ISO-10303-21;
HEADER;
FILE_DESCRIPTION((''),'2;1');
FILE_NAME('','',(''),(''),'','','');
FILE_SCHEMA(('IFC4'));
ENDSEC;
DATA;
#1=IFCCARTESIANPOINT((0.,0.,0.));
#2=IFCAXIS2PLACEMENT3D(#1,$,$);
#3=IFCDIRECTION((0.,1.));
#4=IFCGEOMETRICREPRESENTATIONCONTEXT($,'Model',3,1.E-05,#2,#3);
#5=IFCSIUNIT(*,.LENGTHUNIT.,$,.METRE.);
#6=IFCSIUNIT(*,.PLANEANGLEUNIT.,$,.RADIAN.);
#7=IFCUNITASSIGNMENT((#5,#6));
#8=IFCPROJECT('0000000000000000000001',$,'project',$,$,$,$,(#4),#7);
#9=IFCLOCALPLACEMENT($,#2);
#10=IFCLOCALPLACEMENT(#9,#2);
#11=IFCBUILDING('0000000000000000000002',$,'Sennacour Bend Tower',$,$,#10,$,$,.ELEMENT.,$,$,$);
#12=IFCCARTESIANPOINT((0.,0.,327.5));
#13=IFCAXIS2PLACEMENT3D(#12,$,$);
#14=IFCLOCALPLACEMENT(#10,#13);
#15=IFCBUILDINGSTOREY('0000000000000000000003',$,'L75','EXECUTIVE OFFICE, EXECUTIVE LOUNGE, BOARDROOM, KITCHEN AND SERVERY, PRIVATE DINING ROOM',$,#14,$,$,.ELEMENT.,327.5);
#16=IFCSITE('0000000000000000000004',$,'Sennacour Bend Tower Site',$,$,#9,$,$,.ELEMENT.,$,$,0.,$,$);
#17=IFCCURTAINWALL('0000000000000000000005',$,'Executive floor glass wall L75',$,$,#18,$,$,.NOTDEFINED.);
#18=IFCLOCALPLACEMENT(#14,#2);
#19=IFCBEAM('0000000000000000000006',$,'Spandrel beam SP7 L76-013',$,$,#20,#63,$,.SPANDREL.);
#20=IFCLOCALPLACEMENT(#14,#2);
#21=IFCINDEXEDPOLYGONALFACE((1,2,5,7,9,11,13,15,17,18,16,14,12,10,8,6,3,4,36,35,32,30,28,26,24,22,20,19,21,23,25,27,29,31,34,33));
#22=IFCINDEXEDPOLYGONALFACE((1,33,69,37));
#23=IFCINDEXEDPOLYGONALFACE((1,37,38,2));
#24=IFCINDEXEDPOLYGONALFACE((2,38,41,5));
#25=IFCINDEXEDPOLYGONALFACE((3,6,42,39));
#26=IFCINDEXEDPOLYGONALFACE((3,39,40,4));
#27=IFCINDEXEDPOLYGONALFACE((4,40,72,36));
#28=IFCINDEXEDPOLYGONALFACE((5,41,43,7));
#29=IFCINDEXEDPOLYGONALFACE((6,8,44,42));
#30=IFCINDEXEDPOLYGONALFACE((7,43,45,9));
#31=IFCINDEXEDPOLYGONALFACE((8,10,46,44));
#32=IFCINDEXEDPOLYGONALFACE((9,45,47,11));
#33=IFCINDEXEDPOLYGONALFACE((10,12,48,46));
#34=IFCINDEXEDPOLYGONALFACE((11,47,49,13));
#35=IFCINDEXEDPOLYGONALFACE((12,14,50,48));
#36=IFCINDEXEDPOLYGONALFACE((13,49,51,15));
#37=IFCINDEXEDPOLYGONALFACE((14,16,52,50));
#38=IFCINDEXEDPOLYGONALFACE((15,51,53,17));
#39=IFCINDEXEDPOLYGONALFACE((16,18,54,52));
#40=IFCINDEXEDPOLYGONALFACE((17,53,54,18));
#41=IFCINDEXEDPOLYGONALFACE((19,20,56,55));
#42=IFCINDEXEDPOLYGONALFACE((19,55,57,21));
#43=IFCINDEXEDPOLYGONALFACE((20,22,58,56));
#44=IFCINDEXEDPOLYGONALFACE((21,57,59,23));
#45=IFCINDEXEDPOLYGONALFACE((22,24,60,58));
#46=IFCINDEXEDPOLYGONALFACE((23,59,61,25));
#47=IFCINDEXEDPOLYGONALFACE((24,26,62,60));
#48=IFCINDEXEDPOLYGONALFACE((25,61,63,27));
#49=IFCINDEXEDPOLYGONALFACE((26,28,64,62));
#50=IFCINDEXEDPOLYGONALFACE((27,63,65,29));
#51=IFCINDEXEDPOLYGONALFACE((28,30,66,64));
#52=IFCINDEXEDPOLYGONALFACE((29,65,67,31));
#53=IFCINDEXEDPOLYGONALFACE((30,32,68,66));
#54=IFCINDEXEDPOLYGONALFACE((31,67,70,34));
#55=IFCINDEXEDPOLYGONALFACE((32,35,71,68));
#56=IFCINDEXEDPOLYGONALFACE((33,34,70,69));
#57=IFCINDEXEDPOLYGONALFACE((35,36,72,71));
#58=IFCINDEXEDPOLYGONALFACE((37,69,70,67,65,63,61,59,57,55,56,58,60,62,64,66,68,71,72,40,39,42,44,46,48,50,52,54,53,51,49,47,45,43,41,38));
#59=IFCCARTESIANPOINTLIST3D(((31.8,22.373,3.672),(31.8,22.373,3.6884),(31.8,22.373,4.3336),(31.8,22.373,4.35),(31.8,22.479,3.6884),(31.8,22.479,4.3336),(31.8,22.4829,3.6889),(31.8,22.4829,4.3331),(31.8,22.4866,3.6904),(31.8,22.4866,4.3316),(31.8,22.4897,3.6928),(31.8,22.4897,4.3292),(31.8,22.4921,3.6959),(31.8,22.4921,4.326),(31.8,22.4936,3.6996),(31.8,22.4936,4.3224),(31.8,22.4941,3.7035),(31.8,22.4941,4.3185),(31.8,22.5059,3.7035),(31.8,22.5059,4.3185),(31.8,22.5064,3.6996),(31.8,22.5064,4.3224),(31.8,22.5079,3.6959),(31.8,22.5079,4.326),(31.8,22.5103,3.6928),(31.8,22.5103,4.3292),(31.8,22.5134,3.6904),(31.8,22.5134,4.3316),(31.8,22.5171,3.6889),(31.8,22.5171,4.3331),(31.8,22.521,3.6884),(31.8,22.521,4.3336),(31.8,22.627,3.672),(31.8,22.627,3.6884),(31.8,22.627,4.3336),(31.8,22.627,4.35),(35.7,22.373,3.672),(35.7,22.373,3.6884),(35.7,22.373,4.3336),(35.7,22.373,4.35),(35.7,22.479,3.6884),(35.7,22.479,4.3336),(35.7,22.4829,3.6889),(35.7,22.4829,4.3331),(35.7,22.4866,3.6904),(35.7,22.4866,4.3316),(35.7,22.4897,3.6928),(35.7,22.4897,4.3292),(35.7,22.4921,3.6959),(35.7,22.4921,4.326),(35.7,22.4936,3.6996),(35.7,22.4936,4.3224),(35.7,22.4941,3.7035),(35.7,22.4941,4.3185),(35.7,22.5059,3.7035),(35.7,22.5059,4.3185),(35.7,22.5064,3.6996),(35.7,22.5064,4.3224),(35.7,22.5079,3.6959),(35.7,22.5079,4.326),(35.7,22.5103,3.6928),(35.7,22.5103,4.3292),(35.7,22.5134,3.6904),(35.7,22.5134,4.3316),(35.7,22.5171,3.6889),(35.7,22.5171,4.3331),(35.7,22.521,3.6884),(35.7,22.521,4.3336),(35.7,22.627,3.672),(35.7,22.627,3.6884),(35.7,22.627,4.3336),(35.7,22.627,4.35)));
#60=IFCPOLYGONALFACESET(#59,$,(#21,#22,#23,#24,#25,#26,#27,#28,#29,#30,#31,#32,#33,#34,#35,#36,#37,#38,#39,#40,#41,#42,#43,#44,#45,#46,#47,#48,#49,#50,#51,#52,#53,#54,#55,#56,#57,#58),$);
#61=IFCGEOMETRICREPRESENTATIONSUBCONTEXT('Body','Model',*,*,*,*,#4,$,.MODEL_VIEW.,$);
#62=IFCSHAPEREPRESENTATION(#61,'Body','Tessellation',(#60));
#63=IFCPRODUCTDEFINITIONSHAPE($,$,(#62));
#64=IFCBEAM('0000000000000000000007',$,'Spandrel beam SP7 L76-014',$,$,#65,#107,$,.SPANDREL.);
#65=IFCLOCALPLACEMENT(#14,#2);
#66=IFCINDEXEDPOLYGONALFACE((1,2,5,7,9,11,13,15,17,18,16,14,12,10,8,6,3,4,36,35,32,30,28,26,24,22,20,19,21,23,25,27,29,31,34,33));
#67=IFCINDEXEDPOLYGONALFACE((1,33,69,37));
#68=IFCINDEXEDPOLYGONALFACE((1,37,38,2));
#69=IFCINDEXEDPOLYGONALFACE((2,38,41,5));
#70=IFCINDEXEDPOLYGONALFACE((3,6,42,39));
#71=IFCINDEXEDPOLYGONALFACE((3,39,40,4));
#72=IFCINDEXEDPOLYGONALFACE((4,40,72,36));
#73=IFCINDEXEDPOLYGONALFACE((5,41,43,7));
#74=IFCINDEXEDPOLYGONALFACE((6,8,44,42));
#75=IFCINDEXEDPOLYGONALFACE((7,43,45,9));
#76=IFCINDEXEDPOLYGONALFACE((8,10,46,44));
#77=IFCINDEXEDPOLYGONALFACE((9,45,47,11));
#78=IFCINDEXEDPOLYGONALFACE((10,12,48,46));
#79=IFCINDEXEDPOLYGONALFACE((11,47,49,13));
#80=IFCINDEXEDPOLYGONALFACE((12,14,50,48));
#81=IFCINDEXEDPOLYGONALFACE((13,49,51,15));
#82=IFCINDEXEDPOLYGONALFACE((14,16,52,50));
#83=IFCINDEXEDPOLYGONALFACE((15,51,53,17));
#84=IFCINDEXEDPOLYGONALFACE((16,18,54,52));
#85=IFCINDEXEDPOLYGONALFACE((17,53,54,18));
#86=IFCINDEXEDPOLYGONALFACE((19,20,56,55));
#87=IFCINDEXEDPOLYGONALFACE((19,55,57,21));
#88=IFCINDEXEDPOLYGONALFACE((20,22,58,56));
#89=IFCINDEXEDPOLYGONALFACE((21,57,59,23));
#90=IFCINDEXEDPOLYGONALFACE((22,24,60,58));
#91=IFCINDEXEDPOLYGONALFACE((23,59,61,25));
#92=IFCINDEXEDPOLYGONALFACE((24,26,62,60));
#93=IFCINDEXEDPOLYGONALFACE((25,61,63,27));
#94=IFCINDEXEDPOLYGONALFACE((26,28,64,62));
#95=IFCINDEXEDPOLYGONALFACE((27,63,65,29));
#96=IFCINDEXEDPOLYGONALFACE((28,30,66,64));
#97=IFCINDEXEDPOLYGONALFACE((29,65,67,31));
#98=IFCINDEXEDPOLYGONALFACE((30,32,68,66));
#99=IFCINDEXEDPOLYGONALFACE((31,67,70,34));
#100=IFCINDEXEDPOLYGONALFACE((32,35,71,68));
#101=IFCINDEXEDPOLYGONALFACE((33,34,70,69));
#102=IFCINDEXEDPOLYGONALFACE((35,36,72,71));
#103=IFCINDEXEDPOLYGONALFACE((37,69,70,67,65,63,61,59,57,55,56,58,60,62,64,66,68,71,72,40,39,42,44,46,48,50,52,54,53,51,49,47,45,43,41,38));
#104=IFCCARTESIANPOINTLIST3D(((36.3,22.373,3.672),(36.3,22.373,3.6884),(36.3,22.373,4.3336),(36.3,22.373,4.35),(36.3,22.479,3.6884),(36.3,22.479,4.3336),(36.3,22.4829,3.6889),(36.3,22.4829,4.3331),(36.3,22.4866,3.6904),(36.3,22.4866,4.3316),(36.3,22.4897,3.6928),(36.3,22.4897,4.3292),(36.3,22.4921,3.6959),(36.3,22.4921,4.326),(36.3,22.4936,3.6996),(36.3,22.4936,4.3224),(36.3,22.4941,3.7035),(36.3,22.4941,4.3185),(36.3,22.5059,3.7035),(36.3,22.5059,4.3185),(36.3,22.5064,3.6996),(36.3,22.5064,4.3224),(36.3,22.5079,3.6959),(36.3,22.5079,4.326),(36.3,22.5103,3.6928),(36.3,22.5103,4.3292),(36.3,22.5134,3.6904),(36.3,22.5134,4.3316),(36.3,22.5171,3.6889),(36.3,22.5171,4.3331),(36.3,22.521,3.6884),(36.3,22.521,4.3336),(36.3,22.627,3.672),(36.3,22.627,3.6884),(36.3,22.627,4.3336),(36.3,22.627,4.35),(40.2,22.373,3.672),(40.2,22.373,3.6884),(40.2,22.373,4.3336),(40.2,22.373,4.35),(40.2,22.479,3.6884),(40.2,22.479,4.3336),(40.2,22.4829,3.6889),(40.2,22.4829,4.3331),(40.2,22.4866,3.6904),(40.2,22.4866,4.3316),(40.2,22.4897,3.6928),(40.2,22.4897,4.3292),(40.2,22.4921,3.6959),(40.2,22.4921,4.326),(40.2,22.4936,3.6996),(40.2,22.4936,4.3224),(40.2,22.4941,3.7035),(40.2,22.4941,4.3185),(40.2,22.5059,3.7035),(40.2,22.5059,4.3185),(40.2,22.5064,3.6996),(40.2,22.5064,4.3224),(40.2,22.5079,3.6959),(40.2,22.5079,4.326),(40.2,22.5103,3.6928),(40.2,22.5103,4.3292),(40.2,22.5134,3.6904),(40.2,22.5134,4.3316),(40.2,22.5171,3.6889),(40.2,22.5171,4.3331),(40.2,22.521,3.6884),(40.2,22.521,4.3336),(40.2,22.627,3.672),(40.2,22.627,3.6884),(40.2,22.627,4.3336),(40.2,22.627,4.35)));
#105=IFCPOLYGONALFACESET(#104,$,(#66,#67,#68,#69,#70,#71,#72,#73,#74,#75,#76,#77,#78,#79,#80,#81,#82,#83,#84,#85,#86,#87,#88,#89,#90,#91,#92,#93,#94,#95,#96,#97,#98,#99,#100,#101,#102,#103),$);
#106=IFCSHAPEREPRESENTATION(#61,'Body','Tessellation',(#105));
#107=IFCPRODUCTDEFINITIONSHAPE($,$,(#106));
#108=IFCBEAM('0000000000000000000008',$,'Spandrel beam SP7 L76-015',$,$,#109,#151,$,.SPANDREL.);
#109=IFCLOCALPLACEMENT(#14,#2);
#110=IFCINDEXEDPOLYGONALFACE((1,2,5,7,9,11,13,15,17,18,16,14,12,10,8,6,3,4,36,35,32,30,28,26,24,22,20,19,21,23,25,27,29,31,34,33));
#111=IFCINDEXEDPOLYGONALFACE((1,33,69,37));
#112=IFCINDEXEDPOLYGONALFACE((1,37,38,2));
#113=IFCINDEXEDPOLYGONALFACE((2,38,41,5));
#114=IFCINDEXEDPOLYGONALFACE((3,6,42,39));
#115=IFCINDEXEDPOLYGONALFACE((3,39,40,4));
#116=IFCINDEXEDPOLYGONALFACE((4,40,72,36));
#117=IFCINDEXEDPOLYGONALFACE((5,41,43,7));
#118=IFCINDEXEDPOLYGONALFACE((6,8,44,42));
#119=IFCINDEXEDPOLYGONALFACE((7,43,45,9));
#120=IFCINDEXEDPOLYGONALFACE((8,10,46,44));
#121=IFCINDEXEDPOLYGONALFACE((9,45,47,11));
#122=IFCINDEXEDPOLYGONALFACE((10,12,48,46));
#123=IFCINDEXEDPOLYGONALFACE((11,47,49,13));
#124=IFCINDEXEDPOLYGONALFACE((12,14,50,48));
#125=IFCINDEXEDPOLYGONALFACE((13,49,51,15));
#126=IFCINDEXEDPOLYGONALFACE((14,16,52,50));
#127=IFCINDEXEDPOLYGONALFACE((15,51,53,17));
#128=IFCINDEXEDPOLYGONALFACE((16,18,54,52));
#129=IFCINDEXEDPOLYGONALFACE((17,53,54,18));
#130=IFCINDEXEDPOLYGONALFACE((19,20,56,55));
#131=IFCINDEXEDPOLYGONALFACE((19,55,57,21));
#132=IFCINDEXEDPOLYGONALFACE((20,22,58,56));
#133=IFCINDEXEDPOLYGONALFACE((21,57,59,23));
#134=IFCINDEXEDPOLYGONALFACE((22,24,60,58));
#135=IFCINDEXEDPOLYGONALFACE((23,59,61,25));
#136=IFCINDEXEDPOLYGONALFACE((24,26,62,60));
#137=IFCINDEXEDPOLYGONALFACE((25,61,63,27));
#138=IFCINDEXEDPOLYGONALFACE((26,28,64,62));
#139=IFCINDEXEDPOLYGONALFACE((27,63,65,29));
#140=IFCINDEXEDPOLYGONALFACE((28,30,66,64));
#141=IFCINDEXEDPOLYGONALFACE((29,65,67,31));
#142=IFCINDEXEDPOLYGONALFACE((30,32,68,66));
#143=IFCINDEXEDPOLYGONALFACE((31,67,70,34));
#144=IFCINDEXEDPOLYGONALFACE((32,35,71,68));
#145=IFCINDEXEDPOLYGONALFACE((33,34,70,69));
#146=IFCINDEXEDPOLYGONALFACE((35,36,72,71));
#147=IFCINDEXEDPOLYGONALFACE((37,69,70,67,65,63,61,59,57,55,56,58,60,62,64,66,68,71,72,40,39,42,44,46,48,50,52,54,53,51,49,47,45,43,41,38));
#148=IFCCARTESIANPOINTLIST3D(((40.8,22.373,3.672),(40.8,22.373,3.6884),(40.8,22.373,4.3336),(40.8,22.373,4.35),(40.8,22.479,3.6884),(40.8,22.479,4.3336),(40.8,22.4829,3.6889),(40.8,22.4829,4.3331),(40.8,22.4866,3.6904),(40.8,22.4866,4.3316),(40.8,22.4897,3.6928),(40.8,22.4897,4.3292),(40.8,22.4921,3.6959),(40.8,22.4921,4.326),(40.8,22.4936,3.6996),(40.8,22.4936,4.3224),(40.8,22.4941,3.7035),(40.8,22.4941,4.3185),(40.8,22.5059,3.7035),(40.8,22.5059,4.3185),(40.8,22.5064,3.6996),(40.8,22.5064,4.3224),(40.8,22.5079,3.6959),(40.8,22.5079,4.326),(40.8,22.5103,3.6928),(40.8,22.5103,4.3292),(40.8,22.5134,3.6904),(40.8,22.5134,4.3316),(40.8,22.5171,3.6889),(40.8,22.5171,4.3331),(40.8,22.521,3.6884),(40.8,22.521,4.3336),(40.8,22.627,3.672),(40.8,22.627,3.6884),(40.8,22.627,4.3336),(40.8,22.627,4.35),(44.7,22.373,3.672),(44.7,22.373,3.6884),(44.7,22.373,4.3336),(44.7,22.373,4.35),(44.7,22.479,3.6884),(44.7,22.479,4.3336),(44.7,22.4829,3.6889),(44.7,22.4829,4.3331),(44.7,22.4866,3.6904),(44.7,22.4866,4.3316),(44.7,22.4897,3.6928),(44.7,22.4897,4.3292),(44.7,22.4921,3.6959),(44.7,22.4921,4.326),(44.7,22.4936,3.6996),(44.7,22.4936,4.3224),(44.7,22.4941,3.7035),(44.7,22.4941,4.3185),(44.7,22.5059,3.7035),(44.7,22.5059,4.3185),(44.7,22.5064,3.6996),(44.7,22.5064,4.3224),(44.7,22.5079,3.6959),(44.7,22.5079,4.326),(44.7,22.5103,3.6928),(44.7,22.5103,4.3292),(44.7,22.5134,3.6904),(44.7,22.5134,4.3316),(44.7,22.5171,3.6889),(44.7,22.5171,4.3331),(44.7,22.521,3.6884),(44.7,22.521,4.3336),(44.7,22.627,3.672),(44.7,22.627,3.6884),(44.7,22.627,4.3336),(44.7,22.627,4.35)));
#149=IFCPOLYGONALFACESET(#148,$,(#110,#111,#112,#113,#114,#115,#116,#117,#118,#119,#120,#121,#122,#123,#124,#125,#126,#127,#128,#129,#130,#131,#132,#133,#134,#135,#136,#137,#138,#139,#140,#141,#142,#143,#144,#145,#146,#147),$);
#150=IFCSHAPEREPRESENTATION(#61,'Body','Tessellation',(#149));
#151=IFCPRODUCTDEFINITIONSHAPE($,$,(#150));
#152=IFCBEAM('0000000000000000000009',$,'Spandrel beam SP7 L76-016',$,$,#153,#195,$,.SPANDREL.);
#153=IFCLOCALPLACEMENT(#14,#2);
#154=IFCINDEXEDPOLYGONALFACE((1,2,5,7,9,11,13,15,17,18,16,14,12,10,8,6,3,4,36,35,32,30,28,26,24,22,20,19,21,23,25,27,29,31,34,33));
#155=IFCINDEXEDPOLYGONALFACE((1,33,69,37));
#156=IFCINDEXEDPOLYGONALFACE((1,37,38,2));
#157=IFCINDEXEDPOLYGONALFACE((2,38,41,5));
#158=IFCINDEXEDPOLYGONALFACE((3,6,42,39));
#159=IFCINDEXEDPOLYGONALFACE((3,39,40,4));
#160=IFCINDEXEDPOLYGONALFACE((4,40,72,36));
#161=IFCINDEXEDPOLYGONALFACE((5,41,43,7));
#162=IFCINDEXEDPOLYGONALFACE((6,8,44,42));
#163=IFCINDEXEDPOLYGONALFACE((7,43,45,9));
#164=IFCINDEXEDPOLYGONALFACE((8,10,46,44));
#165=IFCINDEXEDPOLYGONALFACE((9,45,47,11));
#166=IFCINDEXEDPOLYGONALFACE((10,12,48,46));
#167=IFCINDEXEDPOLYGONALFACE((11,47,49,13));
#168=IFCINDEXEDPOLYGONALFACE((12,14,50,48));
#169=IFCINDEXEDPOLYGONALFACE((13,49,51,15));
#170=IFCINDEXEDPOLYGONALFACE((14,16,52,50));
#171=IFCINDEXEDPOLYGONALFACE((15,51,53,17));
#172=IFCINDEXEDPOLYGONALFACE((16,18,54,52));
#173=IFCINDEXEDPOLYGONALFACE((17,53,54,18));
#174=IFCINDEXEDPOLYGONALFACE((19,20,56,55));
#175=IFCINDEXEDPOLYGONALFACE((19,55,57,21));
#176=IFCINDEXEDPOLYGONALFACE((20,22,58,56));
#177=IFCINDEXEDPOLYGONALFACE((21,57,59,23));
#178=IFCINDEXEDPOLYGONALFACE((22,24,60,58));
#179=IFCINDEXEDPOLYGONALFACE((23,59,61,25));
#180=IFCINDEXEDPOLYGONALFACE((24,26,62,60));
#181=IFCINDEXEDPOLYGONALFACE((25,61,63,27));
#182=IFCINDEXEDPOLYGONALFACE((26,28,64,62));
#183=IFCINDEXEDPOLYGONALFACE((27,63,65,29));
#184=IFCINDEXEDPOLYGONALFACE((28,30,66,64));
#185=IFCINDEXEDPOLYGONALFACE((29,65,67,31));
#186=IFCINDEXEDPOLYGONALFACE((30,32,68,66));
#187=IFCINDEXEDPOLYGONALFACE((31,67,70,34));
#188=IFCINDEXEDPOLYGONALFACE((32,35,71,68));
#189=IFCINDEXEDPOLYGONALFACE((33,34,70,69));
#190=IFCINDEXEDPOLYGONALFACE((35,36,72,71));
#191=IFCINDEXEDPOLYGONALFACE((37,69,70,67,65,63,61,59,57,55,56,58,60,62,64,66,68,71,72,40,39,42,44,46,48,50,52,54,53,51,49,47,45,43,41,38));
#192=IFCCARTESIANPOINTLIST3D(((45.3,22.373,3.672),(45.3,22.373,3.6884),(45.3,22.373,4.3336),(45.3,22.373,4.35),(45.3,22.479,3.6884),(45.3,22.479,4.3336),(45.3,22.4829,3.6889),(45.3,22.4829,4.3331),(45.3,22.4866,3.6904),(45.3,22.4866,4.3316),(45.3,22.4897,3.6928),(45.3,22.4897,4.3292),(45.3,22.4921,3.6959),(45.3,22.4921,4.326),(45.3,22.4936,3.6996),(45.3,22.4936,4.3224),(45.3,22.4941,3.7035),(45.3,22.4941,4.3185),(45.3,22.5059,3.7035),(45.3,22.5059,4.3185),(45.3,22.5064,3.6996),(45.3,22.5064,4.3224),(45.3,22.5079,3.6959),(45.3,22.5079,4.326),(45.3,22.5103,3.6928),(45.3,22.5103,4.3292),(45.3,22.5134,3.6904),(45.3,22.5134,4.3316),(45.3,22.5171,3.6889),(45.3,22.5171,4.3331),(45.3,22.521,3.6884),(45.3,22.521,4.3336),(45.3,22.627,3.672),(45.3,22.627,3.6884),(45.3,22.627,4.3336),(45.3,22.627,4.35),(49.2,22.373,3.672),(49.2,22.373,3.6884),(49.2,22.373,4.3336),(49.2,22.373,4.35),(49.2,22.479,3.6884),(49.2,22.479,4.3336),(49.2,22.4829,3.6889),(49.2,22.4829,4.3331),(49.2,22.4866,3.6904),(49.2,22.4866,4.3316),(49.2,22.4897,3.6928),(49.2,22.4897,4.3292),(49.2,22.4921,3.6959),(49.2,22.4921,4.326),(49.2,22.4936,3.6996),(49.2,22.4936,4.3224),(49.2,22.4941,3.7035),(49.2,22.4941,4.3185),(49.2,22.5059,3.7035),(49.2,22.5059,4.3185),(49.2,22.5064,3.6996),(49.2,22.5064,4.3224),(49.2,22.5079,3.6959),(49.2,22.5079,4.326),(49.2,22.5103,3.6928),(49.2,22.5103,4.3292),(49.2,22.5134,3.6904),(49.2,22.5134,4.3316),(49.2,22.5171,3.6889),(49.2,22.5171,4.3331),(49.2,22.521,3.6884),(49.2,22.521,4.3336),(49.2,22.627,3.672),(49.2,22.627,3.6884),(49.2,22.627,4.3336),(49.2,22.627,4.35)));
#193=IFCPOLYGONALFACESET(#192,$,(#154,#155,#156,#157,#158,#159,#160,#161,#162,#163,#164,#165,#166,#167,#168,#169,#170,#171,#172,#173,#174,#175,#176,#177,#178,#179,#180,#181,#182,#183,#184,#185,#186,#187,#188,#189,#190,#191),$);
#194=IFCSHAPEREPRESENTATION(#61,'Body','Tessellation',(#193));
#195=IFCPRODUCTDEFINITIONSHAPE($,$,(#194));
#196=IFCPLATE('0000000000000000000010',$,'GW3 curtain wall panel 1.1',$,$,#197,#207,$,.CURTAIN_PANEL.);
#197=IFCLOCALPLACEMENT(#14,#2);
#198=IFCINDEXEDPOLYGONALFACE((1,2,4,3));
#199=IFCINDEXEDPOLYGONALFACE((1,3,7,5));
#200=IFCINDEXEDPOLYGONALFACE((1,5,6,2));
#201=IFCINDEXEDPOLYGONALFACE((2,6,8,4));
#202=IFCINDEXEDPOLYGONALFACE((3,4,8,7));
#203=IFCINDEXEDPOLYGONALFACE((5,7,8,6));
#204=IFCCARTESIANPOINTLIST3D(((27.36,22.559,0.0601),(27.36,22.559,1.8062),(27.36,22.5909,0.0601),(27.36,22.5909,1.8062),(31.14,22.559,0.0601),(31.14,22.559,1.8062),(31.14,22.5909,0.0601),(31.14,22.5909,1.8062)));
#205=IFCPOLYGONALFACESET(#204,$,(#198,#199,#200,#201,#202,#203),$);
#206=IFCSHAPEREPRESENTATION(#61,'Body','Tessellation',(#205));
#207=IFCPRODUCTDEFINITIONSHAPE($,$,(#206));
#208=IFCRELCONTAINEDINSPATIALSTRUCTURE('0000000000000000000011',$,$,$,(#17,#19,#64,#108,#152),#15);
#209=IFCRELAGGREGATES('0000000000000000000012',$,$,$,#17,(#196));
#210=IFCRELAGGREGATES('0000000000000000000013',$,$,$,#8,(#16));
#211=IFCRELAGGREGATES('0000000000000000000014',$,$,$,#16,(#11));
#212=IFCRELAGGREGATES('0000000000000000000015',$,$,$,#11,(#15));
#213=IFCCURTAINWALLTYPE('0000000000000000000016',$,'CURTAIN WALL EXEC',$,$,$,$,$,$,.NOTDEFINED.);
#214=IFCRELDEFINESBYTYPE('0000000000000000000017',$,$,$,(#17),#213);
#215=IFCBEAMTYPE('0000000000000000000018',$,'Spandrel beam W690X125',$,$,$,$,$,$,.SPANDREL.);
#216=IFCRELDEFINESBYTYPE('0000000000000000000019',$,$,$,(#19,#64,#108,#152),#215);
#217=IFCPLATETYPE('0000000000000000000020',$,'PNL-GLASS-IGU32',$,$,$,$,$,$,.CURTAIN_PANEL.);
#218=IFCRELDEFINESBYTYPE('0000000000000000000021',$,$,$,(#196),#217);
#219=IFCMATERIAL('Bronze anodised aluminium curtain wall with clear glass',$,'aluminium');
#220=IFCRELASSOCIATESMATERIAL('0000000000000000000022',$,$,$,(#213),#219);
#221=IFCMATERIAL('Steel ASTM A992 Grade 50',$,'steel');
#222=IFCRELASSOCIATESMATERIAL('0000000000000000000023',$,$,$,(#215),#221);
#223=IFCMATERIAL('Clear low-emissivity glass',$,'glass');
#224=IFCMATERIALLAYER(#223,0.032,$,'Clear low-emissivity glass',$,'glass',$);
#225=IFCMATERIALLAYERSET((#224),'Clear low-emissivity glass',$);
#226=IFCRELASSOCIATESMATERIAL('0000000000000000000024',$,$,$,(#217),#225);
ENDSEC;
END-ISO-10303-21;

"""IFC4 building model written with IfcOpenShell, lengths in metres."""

from ifc_helpers import new_model, si_unit, direction, frame, origin, origin_2d, place, context, subcontext, project, spatial, rectangle, i_section, extrude, material, layer, layer_set, material_profile, profile_set, type_object, element, aggregate, save


model = new_model("IFC4")

# Units and contexts
model_context = context("Model", 3, precision=1e-05, world=origin(), true_north=direction((0.0, 1.0)))
body_context = subcontext(model_context, "Body", "Model", "MODEL_VIEW")
ifc_project = project(units=[si_unit("LENGTHUNIT", "METRE"), si_unit("PLANEANGLEUNIT", "RADIAN")], contexts=[model_context])

# Site, building, storey
site_placement = place(None, origin())
site = spatial("IfcSite", under=ifc_project, at=site_placement, Name="Sennacour Bend Tower Site", CompositionType="ELEMENT", RefElevation=0.0)
building_placement = place(site_placement, origin())
building = spatial("IfcBuilding", under=site, at=building_placement, Name="Sennacour Bend Tower", CompositionType="ELEMENT")
storey_placement = place(building_placement, frame((0.0, 0.0, 327.5)))
storey = spatial("IfcBuildingStorey", under=building, at=storey_placement, Name="L75", Description="EXECUTIVE OFFICE, EXECUTIVE LOUNGE, BOARDROOM, KITCHEN AND SERVERY, PRIVATE DINING ROOM", CompositionType="ELEMENT", Elevation=327.5)

# Curtain wall
ifc_material_1 = material(Name="Bronze anodised aluminium curtain wall with clear glass", Category="aluminium")
curtain_wall_type = type_object("IfcCurtainWallType", Name="CURTAIN WALL EXEC", PredefinedType="NOTDEFINED", material=ifc_material_1)
curtain_wall_placement = place(storey_placement, origin())
curtain_wall = element("IfcCurtainWall", 1, at=curtain_wall_placement, inside=storey, type_object=curtain_wall_type, Name="Executive floor glass wall L75", PredefinedType="NOTDEFINED")

# Beams
ifc_material_2 = material(Name="Steel ASTM A992 Grade 50", Category="steel")
ifc_material_profile_1 = material_profile(ifc_material_2, i_section(OverallWidth=0.2539, OverallDepth=0.678, WebThickness=0.0117, FlangeThickness=0.0164, FilletRadius=0.0151, at=origin_2d()), Name="Steel ASTM A992 Grade 50", Category="steel")
ifc_profile_set_1 = profile_set([ifc_material_profile_1], Name="Steel ASTM A992 Grade 50")
beam_type_1 = type_object("IfcBeamType", Name="Spandrel beam W690X125", PredefinedType="SPANDREL", material=ifc_profile_set_1)
for number, where, z_axis, x_axis, name in (
    (2, (31.8, 22.5, 4.011), (1.0, 0.0, 0.0), (0.0, 1.0, 0.0), "Spandrel beam SP7 L76-013"),
    (3, (36.3, 22.5, 4.011), (1.0, 0.0, 0.0), (0.0, 1.0, 0.0), "Spandrel beam SP7 L76-014"),
    (4, (40.8, 22.5, 4.011), (1.0, 0.0, 0.0), (0.0, 1.0, 0.0), "Spandrel beam SP7 L76-015"),
    (5, (45.3, 22.5, 4.011), (1.0, 0.0, 0.0), (0.0, 1.0, 0.0), "Spandrel beam SP7 L76-016"),
):
    element("IfcBeam", number, at=place(storey_placement, frame(where, z_axis=z_axis, x_axis=x_axis)), inside=storey, type_object=beam_type_1, Name=name, PredefinedType="SPANDREL", context=body_context, shape_type="SweptSolid", body=[
        extrude(i_section(OverallWidth=0.2539, OverallDepth=0.678, WebThickness=0.0117, FlangeThickness=0.0164, FilletRadius=0.0151, at=origin_2d()), origin(), (0.0, 0.0, 1.0), 3.8999),
    ])

# Plate
ifc_material_3 = material(Name="Clear low-emissivity glass", Category="glass")
ifc_layer_1 = layer(ifc_material_3, 0.032, Name="Clear low-emissivity glass", Category="glass")
ifc_layer_set_1 = layer_set([ifc_layer_1], Name="Clear low-emissivity glass")
plate_type = type_object("IfcPlateType", Name="PNL-GLASS-IGU32", PredefinedType="CURTAIN_PANEL", material=ifc_layer_set_1)
plate_1_placement = place(storey_placement, frame((29.25, 22.575, 0.0601), z_axis=(0.0, 0.0, 1.0), x_axis=(-1.0, 0.0, 0.0)))
plate_1 = element("IfcPlate", 6, at=plate_1_placement, type_object=plate_type, Name="GW3 curtain wall panel 1.1", PredefinedType="CURTAIN_PANEL", context=body_context, shape_type="SweptSolid", body=[
    extrude(rectangle(XDim=3.78, YDim=0.032, at=origin_2d()), origin(), (0.0, 0.0, 1.0), 1.7461),
])
aggregate(curtain_wall, [plate_1])

save(model, "model.ifc")
